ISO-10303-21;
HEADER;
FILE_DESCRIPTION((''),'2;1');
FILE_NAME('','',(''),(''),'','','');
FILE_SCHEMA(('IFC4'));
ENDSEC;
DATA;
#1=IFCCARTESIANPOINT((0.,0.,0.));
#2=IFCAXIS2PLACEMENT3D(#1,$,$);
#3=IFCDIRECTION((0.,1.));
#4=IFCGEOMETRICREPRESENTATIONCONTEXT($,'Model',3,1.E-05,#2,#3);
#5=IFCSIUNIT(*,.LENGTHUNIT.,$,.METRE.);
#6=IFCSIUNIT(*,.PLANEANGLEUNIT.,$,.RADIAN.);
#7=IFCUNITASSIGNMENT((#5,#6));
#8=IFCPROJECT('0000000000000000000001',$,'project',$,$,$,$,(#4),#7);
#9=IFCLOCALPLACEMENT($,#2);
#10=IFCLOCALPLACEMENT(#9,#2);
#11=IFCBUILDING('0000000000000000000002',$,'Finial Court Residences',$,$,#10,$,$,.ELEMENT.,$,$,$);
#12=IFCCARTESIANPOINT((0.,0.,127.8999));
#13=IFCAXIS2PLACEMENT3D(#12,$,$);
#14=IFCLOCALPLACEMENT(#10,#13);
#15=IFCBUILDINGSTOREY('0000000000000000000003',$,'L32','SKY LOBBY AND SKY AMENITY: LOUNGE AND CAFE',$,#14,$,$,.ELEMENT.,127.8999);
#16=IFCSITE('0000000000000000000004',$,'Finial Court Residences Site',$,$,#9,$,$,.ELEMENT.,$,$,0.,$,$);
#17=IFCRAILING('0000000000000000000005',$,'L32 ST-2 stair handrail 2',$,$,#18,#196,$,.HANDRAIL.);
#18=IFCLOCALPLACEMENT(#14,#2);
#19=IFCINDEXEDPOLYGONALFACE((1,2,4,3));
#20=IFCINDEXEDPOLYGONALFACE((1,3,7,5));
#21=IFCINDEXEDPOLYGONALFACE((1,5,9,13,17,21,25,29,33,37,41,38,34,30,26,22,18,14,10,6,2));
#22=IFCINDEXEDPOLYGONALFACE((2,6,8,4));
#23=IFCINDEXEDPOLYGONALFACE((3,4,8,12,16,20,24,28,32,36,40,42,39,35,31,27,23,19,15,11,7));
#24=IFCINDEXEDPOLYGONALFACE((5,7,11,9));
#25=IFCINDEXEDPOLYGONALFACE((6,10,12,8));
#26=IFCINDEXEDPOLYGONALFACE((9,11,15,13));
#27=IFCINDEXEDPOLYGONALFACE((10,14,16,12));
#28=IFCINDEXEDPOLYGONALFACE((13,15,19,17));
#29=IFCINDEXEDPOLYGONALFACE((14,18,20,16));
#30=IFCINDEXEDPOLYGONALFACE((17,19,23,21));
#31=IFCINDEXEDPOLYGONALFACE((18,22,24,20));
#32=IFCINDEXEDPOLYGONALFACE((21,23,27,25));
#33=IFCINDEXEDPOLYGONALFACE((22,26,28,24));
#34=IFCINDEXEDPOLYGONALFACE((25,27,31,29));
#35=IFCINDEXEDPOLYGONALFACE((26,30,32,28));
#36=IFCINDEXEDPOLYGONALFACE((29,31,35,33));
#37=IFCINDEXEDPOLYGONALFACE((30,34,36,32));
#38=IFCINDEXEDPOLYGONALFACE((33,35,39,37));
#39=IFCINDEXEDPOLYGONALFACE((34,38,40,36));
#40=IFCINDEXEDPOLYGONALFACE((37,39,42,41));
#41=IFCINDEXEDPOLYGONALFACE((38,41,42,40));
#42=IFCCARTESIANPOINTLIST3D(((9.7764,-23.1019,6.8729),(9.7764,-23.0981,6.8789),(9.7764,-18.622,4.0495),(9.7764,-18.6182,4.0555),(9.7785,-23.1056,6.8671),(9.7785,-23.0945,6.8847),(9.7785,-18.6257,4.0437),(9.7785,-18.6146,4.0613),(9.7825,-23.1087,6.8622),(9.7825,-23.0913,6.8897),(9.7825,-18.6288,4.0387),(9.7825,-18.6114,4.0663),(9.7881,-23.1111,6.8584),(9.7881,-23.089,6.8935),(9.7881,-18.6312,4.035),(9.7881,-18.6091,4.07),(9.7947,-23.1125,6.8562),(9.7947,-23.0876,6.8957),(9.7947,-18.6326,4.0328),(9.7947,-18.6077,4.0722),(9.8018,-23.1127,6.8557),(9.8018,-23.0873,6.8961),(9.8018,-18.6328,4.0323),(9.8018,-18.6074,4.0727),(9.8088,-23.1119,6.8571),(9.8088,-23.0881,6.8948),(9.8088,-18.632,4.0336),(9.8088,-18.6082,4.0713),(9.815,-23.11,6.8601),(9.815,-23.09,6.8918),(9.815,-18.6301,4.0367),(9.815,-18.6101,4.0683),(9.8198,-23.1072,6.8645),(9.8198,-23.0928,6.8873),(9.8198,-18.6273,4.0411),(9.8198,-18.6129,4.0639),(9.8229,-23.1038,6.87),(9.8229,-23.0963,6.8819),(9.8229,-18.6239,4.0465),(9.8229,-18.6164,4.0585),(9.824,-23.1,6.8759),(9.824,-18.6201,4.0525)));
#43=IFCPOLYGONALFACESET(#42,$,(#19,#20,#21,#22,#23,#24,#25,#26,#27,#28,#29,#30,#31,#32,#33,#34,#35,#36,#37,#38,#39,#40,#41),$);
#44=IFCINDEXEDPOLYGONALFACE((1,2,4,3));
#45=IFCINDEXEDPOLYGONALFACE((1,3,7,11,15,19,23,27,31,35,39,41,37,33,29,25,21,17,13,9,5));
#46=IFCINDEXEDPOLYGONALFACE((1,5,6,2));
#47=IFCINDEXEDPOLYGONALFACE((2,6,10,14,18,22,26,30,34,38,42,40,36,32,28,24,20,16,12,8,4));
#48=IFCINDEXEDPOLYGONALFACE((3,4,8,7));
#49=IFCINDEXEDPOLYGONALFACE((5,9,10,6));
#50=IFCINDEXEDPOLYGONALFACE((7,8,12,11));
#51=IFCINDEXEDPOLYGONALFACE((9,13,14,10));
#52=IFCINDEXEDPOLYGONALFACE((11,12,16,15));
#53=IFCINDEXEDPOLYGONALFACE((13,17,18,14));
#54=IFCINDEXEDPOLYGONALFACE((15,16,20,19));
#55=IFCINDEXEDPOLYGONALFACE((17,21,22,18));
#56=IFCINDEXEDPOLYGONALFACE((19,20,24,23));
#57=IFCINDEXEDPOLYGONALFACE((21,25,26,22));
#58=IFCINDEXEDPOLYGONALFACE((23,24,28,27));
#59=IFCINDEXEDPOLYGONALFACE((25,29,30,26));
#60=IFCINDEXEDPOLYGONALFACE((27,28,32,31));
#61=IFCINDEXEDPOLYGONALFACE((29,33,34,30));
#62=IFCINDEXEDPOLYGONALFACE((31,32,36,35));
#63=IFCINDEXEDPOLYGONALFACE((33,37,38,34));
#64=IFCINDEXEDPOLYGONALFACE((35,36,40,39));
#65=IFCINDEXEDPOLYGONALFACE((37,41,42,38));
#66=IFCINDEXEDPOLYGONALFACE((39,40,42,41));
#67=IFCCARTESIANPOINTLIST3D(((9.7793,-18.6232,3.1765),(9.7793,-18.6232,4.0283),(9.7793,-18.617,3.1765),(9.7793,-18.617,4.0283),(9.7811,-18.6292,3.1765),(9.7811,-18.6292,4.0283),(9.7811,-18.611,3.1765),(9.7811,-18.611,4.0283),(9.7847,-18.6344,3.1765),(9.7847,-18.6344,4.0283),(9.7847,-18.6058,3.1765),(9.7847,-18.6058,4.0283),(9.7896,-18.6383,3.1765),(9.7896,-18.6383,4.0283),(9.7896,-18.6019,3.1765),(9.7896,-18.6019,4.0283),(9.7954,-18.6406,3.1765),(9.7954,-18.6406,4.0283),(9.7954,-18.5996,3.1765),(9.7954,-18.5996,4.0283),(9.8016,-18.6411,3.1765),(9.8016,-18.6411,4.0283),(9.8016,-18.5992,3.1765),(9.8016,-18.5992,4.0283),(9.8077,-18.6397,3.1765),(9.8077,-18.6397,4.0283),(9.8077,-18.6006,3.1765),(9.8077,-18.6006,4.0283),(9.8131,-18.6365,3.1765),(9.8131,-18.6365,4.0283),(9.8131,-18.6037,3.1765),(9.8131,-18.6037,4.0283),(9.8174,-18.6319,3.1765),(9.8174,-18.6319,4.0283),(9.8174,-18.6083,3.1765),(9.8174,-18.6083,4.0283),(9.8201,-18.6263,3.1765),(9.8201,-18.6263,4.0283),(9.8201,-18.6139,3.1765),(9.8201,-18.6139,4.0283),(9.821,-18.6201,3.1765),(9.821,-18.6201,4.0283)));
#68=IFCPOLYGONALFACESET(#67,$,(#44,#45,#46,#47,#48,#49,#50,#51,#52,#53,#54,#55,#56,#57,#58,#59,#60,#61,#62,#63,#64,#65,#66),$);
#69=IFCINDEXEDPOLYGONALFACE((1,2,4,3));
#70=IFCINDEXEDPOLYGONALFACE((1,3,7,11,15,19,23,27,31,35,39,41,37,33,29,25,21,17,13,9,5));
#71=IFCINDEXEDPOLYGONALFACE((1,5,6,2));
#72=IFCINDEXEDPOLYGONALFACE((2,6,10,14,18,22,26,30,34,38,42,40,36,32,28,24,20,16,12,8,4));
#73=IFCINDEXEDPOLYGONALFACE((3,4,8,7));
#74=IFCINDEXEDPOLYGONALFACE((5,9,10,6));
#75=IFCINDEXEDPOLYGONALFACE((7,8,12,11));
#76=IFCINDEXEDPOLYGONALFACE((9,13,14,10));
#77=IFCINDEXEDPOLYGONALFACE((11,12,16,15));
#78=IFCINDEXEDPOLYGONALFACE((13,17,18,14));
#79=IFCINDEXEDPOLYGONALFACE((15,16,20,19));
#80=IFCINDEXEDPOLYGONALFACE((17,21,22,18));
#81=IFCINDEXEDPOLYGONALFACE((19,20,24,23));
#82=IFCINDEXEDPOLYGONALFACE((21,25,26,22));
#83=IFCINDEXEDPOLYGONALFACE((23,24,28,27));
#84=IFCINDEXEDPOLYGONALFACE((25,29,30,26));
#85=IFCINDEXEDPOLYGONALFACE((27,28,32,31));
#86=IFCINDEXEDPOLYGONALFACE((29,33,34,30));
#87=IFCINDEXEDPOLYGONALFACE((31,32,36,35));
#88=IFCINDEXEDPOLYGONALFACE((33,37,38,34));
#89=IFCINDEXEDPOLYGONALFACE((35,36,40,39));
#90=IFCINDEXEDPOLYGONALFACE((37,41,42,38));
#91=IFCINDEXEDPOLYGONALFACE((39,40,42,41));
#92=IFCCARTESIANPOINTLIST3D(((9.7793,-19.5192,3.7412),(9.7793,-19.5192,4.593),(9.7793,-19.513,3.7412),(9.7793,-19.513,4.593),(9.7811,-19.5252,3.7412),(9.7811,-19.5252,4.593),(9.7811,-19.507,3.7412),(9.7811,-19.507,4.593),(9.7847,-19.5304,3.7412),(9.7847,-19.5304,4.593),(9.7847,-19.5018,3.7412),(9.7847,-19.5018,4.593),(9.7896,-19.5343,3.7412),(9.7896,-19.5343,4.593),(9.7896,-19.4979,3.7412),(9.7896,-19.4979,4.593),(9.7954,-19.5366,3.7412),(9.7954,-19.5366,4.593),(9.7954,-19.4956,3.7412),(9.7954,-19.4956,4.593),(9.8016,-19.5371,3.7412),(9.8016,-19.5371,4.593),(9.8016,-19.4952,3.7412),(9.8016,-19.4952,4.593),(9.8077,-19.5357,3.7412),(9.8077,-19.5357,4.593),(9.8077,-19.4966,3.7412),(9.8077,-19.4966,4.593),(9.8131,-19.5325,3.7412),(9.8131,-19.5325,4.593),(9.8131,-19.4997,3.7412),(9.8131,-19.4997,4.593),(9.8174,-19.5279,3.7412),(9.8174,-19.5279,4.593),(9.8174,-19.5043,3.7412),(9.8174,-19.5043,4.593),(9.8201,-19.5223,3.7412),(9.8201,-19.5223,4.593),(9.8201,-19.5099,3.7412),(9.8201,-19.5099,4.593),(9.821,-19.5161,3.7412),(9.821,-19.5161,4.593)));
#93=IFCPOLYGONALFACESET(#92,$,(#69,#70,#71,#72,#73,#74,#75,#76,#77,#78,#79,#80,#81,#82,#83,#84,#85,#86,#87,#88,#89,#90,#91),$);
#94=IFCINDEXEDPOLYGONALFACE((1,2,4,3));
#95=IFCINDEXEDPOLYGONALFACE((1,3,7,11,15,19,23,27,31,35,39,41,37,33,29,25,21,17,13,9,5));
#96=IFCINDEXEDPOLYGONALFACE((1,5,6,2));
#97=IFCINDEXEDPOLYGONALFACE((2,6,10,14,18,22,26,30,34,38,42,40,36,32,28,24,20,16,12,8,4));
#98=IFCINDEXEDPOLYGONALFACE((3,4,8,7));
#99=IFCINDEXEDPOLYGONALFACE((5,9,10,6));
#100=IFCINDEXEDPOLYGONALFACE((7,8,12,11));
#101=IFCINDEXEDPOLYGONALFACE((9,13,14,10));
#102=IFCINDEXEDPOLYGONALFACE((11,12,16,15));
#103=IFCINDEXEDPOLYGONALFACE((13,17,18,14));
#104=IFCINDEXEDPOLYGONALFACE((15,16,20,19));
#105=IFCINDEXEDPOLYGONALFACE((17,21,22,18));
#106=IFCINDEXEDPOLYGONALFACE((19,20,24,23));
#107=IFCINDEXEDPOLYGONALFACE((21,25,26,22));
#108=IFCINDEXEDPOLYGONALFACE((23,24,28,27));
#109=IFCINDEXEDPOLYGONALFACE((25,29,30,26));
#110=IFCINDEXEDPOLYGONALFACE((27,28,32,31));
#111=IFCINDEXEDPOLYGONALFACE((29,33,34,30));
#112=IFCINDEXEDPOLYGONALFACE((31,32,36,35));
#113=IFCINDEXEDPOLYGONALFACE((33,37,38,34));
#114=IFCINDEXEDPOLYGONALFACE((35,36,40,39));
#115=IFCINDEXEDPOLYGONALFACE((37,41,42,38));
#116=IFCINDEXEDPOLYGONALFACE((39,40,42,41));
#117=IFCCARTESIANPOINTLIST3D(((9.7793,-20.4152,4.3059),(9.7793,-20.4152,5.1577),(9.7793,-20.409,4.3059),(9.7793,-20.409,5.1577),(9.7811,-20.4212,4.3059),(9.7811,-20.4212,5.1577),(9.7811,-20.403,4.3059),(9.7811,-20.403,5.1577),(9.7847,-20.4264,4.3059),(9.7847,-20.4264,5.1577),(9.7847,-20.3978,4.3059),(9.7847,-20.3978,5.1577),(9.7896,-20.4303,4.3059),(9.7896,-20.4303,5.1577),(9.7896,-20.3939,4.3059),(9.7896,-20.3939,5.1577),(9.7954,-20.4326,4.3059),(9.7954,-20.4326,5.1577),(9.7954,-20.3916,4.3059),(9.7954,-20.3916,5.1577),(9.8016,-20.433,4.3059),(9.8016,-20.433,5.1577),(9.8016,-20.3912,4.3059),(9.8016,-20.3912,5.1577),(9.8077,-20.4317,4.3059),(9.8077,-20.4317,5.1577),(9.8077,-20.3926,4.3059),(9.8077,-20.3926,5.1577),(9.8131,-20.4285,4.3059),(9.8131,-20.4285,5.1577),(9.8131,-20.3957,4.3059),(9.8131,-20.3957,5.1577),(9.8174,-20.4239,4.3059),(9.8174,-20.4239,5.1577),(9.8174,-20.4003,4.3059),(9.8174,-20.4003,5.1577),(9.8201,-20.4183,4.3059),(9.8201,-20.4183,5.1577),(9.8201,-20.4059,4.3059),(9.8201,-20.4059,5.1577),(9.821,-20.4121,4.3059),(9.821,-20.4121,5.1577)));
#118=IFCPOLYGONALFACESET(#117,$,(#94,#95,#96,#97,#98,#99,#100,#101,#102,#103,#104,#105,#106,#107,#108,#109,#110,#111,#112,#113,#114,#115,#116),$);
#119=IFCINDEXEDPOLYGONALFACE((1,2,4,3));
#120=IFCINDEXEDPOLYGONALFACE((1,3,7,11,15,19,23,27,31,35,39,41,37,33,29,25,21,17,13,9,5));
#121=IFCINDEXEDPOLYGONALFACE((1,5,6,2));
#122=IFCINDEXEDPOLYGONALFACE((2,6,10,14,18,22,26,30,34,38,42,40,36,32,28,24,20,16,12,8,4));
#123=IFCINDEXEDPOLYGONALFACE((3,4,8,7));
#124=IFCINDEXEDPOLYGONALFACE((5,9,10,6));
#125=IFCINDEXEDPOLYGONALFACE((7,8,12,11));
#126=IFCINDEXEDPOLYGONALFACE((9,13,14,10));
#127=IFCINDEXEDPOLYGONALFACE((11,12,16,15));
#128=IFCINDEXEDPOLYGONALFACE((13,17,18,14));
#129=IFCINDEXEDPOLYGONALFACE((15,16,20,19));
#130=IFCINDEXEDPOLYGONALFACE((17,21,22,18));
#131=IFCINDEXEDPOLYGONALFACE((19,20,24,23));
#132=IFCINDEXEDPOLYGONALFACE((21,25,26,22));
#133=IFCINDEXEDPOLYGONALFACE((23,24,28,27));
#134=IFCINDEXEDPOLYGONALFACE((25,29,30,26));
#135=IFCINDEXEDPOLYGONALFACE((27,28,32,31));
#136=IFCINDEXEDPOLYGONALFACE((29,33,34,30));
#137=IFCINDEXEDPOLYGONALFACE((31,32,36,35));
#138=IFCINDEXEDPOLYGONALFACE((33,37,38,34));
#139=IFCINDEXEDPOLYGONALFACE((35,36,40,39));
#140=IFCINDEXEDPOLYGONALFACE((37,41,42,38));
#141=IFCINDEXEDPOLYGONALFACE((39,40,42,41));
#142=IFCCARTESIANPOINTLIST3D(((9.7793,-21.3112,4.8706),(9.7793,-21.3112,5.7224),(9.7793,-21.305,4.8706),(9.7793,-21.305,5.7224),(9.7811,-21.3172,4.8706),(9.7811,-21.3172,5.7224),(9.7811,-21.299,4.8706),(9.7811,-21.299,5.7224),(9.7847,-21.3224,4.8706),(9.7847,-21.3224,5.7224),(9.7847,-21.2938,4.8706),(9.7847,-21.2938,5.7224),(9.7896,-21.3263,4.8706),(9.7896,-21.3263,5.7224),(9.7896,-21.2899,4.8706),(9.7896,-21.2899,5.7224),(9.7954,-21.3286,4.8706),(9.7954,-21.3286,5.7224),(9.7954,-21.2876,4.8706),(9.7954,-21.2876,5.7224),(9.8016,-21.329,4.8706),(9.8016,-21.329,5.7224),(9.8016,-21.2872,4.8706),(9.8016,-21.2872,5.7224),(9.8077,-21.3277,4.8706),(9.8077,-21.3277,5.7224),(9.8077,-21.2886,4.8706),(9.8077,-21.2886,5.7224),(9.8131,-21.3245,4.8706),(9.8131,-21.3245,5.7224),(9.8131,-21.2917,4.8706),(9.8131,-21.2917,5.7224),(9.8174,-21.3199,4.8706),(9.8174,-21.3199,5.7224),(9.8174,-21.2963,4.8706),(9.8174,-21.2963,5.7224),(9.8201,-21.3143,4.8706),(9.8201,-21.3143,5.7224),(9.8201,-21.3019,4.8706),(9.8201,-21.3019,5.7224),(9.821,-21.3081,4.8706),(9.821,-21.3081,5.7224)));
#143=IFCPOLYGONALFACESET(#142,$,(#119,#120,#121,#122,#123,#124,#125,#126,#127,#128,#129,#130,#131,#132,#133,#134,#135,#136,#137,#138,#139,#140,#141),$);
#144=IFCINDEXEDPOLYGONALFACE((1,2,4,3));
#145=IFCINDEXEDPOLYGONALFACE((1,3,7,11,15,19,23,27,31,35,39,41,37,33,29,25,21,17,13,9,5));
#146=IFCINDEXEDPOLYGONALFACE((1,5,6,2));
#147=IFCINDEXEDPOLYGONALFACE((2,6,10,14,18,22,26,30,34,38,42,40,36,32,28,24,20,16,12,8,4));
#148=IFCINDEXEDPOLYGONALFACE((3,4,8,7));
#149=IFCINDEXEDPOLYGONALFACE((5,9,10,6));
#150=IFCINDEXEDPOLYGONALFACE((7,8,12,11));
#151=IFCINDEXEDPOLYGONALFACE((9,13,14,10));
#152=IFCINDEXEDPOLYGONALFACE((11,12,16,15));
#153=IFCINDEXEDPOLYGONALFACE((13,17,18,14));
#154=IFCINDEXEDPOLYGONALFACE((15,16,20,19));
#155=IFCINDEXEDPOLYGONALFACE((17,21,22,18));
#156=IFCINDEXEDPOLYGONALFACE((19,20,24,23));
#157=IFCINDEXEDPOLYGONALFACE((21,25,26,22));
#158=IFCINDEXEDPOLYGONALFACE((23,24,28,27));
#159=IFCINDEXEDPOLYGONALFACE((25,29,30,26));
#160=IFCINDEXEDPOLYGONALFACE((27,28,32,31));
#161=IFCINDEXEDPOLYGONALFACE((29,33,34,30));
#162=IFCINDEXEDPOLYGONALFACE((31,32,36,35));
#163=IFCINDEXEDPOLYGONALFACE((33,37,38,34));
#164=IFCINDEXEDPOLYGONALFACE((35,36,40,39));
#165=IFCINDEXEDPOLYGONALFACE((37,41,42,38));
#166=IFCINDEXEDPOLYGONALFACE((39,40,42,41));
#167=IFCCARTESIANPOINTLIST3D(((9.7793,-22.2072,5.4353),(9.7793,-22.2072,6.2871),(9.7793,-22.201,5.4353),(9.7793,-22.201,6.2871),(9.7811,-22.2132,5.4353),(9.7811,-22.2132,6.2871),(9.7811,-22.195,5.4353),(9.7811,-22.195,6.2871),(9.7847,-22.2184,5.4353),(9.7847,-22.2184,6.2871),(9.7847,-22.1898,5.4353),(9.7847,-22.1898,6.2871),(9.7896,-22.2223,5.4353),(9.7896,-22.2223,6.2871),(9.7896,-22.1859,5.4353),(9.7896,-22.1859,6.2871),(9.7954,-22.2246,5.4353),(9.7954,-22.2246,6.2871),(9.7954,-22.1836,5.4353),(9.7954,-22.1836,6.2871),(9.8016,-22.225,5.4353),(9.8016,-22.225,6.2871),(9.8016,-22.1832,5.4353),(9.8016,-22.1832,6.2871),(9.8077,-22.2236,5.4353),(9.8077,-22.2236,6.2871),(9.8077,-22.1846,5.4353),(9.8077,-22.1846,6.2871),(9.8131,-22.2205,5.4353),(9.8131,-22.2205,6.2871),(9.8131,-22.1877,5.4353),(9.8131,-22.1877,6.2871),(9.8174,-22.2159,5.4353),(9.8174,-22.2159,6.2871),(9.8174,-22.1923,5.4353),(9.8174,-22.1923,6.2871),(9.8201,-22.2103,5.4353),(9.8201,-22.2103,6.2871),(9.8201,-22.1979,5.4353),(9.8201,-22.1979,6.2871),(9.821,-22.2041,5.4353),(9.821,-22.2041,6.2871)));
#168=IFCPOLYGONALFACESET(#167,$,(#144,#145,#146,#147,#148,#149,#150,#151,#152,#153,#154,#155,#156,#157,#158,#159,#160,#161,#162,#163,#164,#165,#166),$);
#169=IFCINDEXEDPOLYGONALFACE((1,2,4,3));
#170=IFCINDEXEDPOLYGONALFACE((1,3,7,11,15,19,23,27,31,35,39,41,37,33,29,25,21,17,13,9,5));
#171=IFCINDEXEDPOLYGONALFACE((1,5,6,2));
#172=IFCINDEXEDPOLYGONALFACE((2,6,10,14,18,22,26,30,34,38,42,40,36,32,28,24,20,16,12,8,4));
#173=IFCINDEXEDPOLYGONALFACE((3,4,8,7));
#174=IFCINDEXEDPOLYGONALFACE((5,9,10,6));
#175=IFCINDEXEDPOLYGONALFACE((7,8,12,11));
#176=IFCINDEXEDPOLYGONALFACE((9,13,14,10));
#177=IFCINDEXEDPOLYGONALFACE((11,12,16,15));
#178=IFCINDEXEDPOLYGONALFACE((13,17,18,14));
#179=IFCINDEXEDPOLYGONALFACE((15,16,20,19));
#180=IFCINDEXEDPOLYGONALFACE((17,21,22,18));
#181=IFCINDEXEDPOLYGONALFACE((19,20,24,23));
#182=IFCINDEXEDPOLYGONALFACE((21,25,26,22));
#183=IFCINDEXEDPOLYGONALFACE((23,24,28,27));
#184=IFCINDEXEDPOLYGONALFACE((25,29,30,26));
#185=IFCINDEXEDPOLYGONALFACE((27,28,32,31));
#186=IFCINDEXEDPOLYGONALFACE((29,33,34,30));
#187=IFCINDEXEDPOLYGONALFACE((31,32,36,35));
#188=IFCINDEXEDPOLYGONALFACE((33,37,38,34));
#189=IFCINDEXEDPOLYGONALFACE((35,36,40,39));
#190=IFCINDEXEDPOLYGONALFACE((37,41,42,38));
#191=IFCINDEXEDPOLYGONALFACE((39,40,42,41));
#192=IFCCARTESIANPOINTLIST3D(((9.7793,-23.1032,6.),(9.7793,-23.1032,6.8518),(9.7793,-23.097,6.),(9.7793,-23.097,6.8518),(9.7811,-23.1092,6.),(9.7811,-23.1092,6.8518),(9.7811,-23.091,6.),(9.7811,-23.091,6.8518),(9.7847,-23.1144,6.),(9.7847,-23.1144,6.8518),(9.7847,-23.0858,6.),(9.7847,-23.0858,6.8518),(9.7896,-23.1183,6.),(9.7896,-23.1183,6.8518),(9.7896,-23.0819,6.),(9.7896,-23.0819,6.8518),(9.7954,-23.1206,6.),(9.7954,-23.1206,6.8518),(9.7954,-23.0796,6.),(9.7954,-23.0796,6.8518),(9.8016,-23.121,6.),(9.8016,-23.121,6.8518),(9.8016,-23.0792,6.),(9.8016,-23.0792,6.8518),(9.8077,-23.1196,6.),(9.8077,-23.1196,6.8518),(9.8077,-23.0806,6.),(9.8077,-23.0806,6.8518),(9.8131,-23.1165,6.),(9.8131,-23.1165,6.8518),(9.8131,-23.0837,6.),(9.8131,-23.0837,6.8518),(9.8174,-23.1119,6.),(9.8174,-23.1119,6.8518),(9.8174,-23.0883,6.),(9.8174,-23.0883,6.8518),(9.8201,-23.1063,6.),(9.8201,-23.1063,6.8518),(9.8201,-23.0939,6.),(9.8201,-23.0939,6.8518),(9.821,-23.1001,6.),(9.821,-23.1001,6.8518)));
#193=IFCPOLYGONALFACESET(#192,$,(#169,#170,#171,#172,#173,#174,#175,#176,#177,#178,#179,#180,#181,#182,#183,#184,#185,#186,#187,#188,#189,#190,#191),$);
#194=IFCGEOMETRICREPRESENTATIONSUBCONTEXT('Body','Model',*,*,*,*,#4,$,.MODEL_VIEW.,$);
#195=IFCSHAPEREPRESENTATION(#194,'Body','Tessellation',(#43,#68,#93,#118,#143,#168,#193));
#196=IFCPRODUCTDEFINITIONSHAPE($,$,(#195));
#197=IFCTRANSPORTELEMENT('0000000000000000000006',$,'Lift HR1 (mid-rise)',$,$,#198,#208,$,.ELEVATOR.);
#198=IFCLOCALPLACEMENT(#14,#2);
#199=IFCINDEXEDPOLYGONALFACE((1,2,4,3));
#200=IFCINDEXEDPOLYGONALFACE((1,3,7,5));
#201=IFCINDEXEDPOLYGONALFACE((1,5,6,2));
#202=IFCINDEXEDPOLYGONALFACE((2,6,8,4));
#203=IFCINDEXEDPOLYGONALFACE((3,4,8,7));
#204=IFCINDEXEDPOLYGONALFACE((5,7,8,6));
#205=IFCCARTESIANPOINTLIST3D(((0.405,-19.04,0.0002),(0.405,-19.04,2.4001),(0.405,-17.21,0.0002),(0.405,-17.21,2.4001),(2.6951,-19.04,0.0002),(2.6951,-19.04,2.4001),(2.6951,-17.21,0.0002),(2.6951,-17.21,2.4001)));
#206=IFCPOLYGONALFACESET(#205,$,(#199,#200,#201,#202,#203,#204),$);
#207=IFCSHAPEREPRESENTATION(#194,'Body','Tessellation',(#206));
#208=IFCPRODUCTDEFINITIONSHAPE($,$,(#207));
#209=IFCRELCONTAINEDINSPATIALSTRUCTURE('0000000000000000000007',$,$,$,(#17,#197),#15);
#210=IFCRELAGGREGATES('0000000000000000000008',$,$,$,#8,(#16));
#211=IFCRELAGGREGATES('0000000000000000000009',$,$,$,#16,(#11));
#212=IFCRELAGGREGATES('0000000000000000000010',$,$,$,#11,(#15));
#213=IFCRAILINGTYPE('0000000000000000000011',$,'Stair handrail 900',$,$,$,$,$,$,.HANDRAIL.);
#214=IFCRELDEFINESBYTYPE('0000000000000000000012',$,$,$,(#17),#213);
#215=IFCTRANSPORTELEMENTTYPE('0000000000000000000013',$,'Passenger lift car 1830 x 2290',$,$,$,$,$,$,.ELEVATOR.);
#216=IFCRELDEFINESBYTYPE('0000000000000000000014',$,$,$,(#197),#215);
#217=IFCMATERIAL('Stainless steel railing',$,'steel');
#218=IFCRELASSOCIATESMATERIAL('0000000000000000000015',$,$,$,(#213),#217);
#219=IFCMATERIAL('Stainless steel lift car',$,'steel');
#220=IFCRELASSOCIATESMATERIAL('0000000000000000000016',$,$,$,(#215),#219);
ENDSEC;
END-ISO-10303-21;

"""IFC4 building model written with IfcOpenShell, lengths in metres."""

from ifc_helpers import new_model, si_unit, direction, frame, origin, origin_2d, place, context, subcontext, project, spatial, rectangle, circle, extrude, material, type_object, element, save


model = new_model("IFC4")

# Units and contexts
model_context = context("Model", 3, precision=1e-05, world=origin(), true_north=direction((0.0, 1.0)))
body_context = subcontext(model_context, "Body", "Model", "MODEL_VIEW")
ifc_project = project(units=[si_unit("LENGTHUNIT", "METRE"), si_unit("PLANEANGLEUNIT", "RADIAN")], contexts=[model_context])

# Site, building, storey
site_placement = place(None, origin())
site = spatial("IfcSite", under=ifc_project, at=site_placement, Name="Finial Court Residences Site", CompositionType="ELEMENT", RefElevation=0.0)
building_placement = place(site_placement, origin())
building = spatial("IfcBuilding", under=site, at=building_placement, Name="Finial Court Residences", CompositionType="ELEMENT")
storey_placement = place(building_placement, frame((0.0, 0.0, 127.8999)))
storey = spatial("IfcBuildingStorey", under=building, at=storey_placement, Name="L32", Description="SKY LOBBY AND SKY AMENITY: LOUNGE AND CAFE", CompositionType="ELEMENT", Elevation=127.8999)

# Railing
ifc_material_1 = material(Name="Stainless steel railing", Category="steel")
railing_type_1 = type_object("IfcRailingType", Name="Stair handrail 900", PredefinedType="HANDRAIL", material=ifc_material_1)
railing_1_placement = place(storey_placement, frame((9.8, -18.6201, 3.1765)))
element("IfcRailing", 1, at=railing_1_placement, inside=storey, type_object=railing_type_1, Name="L32 ST-2 stair handrail 2", PredefinedType="HANDRAIL", context=body_context, shape_type="SweptSolid", body=[
    extrude(circle(Radius=0.0239, at=origin_2d()), frame((0.0, 0.0, 0.876), z_axis=(0.0, -0.845998, 0.533186), x_axis=(1.0, 0.0, 0.0)), (0.0, 0.0, 1.0), 5.2954),
    extrude(circle(Radius=0.021, at=origin_2d()), origin(), (0.0, 0.0, 1.0), 0.8518),
    extrude(circle(Radius=0.021, at=origin_2d()), frame((0.0, -0.896, 0.5647)), (0.0, 0.0, 1.0), 0.8518),
    extrude(circle(Radius=0.021, at=origin_2d()), frame((0.0, -1.792, 1.1294)), (0.0, 0.0, 1.0), 0.8518),
    extrude(circle(Radius=0.021, at=origin_2d()), frame((0.0, -2.688, 1.6941)), (0.0, 0.0, 1.0), 0.8518),
    extrude(circle(Radius=0.021, at=origin_2d()), frame((0.0, -3.584, 2.2588)), (0.0, 0.0, 1.0), 0.8518),
    extrude(circle(Radius=0.021, at=origin_2d()), frame((0.0, -4.48, 2.8235)), (0.0, 0.0, 1.0), 0.8518),
])

# Transport element
ifc_material_2 = material(Name="Stainless steel lift car", Category="steel")
transport_element_type = type_object("IfcTransportElementType", Name="Passenger lift car 1830 x 2290", PredefinedType="ELEVATOR", material=ifc_material_2)
transport_element_placement = place(storey_placement, frame((1.55, -18.125, 0.0002), z_axis=(0.0, 0.0, 1.0), x_axis=(1.0, 0.0, 0.0)))
element("IfcTransportElement", 2, at=transport_element_placement, inside=storey, type_object=transport_element_type, Name="Lift HR1 (mid-rise)", PredefinedType="ELEVATOR", context=body_context, shape_type="SweptSolid", body=[
    extrude(rectangle(XDim=2.29, YDim=1.8301, at=origin_2d()), origin(), (0.0, 0.0, 1.0), 2.3999),
])

save(model, "model.ifc")
